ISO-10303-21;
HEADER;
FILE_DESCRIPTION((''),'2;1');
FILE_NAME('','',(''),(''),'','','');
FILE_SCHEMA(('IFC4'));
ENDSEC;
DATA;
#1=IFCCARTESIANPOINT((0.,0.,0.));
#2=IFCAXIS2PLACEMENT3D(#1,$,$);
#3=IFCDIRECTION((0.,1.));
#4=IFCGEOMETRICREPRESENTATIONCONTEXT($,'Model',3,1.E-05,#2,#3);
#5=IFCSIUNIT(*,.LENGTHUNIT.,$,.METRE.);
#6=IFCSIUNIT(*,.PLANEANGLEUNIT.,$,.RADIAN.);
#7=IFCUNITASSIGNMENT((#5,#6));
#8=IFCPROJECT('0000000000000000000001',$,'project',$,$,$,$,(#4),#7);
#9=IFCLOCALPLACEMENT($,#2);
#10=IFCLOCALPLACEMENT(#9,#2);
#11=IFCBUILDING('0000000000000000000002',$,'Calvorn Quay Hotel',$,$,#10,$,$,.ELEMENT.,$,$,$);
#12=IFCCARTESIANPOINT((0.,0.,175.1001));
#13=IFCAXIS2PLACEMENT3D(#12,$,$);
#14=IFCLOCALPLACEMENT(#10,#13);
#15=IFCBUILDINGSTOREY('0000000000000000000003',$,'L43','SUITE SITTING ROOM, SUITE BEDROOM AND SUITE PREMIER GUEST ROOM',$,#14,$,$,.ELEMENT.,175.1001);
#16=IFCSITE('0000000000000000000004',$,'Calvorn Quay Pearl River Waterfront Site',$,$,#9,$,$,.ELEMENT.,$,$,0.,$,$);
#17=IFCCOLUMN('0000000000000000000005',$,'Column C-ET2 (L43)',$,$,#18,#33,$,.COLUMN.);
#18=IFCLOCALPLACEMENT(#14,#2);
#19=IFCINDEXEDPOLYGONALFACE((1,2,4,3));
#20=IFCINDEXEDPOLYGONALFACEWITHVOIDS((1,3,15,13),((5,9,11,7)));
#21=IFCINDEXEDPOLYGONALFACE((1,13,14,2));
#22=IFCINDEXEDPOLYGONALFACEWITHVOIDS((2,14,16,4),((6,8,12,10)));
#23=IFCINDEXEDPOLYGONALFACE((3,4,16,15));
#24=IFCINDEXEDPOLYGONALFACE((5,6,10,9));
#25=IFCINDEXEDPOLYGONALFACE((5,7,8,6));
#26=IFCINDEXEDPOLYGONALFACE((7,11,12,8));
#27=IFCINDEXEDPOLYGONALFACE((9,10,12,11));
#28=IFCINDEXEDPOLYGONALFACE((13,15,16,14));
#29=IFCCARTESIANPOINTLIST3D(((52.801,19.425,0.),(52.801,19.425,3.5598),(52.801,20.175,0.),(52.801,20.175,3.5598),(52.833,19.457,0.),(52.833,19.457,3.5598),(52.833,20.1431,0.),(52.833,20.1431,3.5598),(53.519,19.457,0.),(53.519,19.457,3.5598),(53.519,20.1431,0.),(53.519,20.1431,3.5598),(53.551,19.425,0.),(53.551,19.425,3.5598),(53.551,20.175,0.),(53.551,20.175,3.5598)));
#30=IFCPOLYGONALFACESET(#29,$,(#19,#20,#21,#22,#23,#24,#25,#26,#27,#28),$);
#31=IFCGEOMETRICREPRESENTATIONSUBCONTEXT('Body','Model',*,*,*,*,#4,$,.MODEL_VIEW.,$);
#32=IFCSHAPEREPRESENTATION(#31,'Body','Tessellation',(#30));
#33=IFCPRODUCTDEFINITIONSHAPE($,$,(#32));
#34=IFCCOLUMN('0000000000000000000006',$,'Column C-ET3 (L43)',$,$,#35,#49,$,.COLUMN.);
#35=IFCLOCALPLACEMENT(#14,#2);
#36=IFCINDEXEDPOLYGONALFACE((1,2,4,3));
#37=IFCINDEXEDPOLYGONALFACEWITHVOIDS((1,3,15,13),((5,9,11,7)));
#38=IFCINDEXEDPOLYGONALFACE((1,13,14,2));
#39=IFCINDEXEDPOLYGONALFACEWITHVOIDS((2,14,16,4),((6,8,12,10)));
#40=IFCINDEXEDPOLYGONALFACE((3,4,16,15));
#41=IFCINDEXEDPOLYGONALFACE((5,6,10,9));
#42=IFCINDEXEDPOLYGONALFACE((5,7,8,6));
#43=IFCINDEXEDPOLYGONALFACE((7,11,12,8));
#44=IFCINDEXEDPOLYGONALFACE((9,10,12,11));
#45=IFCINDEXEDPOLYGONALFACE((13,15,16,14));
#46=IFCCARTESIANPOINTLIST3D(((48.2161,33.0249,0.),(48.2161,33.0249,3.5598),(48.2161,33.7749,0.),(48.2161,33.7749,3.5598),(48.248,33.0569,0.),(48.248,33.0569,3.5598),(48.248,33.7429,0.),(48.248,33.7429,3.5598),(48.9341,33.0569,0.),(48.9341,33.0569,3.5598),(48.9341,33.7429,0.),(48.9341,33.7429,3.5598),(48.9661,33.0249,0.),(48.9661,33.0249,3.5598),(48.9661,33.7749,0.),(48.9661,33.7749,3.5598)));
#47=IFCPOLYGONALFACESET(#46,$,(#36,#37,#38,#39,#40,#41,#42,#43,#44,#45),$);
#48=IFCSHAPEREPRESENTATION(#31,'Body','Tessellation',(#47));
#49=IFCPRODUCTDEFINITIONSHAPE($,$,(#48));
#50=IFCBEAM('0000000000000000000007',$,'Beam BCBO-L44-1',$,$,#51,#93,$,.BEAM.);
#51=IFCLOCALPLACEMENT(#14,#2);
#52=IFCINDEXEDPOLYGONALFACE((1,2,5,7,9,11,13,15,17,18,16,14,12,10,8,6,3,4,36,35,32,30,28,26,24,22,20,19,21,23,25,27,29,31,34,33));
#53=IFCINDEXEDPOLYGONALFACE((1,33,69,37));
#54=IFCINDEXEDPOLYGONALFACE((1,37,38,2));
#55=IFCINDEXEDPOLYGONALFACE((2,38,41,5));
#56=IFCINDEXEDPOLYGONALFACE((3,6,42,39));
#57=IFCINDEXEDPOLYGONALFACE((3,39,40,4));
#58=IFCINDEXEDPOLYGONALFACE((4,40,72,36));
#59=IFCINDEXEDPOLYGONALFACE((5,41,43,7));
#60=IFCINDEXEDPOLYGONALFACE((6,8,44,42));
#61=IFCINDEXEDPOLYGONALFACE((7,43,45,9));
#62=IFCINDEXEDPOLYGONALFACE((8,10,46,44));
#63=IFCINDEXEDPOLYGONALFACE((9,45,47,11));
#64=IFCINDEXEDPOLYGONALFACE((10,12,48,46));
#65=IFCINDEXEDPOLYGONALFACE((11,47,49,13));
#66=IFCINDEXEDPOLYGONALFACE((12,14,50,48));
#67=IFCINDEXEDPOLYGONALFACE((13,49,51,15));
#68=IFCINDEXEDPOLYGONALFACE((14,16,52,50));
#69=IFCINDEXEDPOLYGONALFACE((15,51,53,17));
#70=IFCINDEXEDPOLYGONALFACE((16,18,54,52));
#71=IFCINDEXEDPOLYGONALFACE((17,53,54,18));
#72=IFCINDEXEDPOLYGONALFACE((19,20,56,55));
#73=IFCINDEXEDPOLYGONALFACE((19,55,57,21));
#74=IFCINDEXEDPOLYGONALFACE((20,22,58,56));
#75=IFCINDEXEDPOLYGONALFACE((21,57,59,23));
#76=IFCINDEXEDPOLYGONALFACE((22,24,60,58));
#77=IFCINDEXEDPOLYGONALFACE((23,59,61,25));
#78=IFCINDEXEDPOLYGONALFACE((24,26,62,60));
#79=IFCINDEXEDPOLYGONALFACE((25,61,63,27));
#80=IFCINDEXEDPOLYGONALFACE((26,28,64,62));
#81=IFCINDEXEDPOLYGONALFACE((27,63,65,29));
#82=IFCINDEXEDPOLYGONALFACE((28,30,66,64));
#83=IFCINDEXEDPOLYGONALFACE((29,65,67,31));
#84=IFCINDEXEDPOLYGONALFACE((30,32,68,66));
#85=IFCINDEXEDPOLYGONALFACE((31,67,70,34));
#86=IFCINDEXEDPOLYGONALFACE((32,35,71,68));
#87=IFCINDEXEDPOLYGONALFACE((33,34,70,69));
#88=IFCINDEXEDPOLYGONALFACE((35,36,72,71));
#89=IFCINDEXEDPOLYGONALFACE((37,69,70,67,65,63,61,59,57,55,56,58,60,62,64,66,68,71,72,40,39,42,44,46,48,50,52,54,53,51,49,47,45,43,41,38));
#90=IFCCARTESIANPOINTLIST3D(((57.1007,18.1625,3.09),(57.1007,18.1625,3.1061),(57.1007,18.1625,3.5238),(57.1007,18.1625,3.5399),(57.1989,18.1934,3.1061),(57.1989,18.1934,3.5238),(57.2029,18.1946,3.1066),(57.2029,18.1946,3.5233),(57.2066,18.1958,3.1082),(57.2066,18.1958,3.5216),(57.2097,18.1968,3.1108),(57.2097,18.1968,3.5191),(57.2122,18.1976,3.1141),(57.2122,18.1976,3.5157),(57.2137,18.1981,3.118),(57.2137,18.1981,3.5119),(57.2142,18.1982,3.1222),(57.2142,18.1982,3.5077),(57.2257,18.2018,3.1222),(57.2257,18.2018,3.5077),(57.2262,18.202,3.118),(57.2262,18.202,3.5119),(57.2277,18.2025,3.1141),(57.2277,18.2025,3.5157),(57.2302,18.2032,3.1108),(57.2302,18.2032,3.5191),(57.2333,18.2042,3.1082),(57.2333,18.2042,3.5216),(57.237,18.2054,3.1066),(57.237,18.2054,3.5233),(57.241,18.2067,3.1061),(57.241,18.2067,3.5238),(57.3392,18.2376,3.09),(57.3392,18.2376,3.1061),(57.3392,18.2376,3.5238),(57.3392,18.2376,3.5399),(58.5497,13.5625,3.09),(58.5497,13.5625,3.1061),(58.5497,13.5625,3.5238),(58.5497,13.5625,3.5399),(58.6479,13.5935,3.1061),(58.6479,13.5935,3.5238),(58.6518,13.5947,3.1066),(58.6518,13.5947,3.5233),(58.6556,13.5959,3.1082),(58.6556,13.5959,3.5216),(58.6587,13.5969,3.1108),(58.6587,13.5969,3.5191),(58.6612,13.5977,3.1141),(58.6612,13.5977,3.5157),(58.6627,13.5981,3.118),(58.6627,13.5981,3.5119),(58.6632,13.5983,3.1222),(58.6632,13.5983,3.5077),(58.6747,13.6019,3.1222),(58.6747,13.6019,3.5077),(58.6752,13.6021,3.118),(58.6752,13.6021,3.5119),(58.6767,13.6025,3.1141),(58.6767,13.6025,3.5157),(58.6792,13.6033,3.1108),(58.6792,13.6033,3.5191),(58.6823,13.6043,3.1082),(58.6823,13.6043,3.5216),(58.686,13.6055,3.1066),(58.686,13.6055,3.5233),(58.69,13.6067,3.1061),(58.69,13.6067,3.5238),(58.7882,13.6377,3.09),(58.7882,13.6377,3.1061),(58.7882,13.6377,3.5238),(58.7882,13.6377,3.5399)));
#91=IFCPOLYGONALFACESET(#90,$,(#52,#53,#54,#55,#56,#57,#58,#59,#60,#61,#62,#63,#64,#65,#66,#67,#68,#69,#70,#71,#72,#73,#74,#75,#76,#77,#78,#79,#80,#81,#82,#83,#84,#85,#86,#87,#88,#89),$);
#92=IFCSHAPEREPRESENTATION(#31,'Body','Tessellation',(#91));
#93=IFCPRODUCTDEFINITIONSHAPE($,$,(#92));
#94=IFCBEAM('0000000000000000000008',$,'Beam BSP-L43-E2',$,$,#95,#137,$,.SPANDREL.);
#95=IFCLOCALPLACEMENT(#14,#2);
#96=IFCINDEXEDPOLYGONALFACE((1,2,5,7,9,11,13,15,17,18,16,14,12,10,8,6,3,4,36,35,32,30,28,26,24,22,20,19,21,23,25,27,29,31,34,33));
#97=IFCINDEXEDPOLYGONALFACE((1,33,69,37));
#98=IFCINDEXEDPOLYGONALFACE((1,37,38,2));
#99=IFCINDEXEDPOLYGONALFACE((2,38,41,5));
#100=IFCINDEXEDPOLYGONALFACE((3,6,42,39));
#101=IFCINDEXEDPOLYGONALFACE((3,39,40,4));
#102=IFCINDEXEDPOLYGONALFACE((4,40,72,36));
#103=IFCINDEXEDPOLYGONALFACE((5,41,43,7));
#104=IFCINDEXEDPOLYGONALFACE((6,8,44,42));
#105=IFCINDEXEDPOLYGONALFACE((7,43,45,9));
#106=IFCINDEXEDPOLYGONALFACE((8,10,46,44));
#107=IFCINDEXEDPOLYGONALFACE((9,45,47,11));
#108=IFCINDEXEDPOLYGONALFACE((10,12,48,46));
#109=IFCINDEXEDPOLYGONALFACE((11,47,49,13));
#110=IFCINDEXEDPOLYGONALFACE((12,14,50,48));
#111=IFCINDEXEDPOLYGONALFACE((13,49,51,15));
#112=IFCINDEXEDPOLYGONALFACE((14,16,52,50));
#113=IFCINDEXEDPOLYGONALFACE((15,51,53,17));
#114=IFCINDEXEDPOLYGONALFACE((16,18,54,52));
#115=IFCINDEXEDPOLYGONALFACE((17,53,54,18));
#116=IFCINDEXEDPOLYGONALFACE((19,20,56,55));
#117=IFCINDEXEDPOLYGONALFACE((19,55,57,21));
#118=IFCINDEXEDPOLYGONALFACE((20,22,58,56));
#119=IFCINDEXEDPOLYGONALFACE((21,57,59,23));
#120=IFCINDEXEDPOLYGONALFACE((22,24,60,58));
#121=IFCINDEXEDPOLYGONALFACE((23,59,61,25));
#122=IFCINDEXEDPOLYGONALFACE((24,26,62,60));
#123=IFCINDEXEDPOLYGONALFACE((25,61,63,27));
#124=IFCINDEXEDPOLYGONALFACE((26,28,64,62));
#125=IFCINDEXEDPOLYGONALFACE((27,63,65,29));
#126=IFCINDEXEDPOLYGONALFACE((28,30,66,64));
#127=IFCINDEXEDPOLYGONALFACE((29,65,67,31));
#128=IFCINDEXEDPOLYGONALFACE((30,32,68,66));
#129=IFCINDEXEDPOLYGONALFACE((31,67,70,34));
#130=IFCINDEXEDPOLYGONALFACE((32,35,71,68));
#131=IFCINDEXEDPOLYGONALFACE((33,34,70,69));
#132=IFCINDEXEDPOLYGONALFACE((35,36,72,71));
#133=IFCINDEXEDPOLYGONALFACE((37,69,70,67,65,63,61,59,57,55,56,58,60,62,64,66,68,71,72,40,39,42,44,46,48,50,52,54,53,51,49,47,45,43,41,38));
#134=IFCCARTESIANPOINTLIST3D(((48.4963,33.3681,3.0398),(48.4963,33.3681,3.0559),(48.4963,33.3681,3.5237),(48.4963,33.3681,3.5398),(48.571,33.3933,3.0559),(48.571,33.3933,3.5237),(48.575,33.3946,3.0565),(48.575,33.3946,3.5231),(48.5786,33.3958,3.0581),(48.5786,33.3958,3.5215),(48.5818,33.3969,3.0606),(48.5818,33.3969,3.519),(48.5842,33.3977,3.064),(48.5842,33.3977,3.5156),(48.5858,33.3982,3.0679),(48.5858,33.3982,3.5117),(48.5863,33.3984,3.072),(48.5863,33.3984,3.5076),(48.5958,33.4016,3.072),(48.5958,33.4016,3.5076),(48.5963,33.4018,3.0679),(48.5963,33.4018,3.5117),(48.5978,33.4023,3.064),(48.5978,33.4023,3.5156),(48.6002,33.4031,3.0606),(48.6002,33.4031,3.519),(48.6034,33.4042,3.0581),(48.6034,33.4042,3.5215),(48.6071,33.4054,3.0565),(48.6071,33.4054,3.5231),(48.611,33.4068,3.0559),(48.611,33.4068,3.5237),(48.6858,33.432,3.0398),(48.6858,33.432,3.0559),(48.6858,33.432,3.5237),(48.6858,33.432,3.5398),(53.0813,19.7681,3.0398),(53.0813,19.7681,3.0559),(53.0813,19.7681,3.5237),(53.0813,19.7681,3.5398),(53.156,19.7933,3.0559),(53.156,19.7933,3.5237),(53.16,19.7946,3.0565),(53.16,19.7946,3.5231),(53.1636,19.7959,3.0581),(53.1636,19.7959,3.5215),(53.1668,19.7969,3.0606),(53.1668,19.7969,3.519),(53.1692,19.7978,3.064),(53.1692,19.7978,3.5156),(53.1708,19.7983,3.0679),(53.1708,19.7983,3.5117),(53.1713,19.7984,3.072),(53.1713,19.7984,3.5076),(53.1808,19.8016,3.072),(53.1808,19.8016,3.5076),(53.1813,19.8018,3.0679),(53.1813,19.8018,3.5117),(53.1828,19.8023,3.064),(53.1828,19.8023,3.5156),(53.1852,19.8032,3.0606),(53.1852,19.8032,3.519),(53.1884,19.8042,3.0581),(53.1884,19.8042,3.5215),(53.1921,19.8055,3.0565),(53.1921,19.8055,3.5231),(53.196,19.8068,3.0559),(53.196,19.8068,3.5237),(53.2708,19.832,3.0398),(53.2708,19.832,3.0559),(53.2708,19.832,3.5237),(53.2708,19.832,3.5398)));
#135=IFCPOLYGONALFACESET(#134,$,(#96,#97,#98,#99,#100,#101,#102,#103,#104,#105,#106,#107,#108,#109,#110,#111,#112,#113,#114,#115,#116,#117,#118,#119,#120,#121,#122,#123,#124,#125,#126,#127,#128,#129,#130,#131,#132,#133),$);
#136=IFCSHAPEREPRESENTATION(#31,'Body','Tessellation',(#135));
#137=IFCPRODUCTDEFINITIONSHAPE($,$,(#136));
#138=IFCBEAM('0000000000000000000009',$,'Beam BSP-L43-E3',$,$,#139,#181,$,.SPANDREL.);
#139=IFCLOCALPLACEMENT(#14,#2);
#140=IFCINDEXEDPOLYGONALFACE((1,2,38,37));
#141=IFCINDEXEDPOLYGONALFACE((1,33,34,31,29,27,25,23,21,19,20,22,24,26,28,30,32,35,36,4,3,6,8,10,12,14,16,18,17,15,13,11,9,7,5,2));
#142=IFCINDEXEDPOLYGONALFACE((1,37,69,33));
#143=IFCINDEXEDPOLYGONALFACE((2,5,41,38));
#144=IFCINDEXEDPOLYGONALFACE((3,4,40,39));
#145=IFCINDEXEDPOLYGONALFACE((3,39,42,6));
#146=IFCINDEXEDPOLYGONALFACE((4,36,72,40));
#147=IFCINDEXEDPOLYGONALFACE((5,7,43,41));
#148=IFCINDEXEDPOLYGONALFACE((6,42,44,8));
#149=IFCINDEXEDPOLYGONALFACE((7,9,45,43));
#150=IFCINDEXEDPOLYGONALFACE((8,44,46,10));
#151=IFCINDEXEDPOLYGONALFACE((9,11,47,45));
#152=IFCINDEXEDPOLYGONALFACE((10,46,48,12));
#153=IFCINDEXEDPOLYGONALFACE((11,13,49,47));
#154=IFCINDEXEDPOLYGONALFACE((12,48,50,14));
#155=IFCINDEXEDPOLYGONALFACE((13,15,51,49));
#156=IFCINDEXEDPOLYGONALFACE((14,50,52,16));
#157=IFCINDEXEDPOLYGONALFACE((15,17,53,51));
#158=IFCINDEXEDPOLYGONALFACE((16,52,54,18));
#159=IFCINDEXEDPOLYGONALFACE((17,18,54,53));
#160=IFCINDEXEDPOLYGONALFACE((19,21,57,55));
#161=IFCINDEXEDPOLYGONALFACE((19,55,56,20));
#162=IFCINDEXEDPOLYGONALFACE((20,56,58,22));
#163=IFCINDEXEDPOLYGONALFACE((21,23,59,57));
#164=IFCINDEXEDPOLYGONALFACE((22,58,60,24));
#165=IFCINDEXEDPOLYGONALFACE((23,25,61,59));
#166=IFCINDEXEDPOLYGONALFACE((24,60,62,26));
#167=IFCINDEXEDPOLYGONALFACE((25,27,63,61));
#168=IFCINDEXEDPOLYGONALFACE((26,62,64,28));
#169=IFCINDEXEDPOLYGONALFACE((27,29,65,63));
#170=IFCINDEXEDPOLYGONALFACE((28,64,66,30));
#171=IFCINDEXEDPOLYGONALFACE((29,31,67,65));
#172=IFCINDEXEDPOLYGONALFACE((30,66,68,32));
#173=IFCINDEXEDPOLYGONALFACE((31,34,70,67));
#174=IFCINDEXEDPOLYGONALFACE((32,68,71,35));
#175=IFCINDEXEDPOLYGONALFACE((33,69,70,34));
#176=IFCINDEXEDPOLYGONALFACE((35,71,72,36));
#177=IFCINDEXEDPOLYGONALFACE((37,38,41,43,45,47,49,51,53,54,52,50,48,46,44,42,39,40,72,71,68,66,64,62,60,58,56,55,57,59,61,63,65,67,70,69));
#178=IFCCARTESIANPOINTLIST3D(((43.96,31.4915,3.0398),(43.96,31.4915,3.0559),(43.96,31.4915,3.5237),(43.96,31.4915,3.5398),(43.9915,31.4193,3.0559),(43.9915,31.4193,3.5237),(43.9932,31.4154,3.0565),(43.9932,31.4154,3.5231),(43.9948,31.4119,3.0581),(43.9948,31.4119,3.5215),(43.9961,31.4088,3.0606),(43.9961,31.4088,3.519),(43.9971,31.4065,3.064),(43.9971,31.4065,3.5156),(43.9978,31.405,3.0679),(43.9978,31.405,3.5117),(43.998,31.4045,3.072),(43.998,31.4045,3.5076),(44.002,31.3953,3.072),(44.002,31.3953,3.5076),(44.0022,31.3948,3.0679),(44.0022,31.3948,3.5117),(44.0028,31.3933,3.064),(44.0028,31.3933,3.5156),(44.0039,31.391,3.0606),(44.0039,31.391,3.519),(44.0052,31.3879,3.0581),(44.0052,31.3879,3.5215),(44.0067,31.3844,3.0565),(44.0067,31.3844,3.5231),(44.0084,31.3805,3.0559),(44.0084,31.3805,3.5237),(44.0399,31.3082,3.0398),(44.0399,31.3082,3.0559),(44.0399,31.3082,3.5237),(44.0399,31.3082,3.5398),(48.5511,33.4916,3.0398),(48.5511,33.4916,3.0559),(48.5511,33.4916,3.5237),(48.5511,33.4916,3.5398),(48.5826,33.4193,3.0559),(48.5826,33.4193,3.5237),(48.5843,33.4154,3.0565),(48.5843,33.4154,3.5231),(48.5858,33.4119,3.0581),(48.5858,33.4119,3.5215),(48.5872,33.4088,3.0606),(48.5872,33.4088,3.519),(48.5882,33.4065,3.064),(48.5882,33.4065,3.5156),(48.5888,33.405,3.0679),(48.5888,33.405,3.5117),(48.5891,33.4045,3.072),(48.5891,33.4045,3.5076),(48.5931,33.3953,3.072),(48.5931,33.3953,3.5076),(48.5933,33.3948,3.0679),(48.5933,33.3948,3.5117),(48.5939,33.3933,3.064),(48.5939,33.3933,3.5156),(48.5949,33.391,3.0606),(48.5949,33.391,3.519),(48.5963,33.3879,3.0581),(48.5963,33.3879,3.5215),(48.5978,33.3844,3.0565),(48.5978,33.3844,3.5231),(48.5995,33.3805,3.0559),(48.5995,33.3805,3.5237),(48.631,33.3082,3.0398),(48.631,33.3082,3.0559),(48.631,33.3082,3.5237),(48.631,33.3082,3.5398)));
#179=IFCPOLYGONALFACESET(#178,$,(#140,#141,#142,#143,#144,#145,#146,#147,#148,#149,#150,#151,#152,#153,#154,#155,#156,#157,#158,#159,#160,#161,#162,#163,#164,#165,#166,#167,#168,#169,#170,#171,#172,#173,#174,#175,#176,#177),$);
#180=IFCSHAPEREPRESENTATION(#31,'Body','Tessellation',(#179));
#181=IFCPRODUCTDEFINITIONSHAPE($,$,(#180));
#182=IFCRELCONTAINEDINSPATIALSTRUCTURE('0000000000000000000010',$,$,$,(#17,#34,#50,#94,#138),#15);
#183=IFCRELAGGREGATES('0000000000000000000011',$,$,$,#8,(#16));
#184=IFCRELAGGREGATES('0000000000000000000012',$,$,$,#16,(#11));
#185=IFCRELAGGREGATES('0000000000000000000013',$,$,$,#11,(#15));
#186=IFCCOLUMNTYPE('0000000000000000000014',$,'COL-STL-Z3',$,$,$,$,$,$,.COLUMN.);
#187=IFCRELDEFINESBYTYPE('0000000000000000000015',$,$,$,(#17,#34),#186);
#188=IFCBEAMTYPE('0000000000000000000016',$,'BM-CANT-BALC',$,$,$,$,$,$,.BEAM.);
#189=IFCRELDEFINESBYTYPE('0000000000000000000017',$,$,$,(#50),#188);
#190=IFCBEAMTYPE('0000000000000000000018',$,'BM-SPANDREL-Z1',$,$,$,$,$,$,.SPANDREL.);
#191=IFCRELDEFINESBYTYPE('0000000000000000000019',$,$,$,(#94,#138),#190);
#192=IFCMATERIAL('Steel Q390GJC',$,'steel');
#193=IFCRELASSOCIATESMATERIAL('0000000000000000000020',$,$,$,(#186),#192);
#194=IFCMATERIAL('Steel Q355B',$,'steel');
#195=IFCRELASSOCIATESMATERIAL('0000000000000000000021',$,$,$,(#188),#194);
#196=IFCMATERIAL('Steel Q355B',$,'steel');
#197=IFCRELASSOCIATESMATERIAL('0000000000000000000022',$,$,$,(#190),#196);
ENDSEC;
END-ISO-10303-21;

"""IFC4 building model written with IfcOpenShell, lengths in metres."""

from ifc_helpers import new_model, si_unit, direction, frame, origin, origin_2d, place, context, subcontext, project, spatial, hollow_rectangle, i_section, extrude, material, material_profile, profile_set, type_object, element, save


model = new_model("IFC4")

# Units and contexts
model_context = context("Model", 3, precision=1e-05, world=origin(), true_north=direction((0.0, 1.0)))
body_context = subcontext(model_context, "Body", "Model", "MODEL_VIEW")
ifc_project = project(units=[si_unit("LENGTHUNIT", "METRE"), si_unit("PLANEANGLEUNIT", "RADIAN")], contexts=[model_context])

# Site, building, storey
site_placement = place(None, origin())
site = spatial("IfcSite", under=ifc_project, at=site_placement, Name="Calvorn Quay Pearl River Waterfront Site", CompositionType="ELEMENT", RefElevation=0.0)
building_placement = place(site_placement, origin())
building = spatial("IfcBuilding", under=site, at=building_placement, Name="Calvorn Quay Hotel", CompositionType="ELEMENT")
storey_placement = place(building_placement, frame((0.0, 0.0, 175.1001)))
storey = spatial("IfcBuildingStorey", under=building, at=storey_placement, Name="L43", Description="SUITE SITTING ROOM, SUITE BEDROOM AND SUITE PREMIER GUEST ROOM", CompositionType="ELEMENT", Elevation=175.1001)

# Columns
ifc_material_1 = material(Name="Steel Q390GJC", Category="steel")
ifc_material_profile_1 = material_profile(ifc_material_1, hollow_rectangle(XDim=0.75, YDim=0.75, WallThickness=0.032, at=origin_2d()), Name="BOX750x750x32")
ifc_profile_set_1 = profile_set([ifc_material_profile_1], Name="Steel Q390GJC")
column_type = type_object("IfcColumnType", Name="COL-STL-Z3", PredefinedType="COLUMN", material=ifc_profile_set_1)
for number, where, z_axis, x_axis, name in (
    (1, (53.176, 19.8, 0.0), (0.0, 0.0, 1.0), (1.0, 0.0, 0.0), "Column C-ET2 (L43)"),
    (2, (48.5911, 33.3999, 0.0), (0.0, 0.0, 1.0), (1.0, 0.0, 0.0), "Column C-ET3 (L43)"),
):
    element("IfcColumn", number, at=place(storey_placement, frame(where, z_axis=z_axis, x_axis=x_axis)), inside=storey, type_object=column_type, Name=name, PredefinedType="COLUMN", context=body_context, shape_type="SweptSolid", body=[
        extrude(hollow_rectangle(XDim=0.75, YDim=0.75, WallThickness=0.032, at=origin_2d()), origin(), (0.0, 0.0, 1.0), 3.5598),
    ])

# Beams
ifc_material_2 = material(Name="Steel Q355B", Category="steel")
ifc_material_profile_2 = material_profile(ifc_material_2, i_section(OverallWidth=0.25, OverallDepth=0.45, WebThickness=0.012, FlangeThickness=0.0161, FilletRadius=0.0161, at=origin_2d()), Name="HN450x250x12x16")
ifc_profile_set_2 = profile_set([ifc_material_profile_2], Name="Steel Q355B")
beam_type_1 = type_object("IfcBeamType", Name="BM-CANT-BALC", PredefinedType="BEAM", material=ifc_profile_set_2)
beam_1_placement = place(storey_placement, frame((58.6689, 13.6001, 3.3149), z_axis=(-0.30045, 0.953797, 0.0), x_axis=(-0.953797, -0.30045, 0.0)))
element("IfcBeam", 3, at=beam_1_placement, inside=storey, type_object=beam_type_1, Name="Beam BCBO-L44-1", PredefinedType="BEAM", context=body_context, shape_type="SweptSolid", body=[
    extrude(i_section(OverallWidth=0.25, OverallDepth=0.45, WebThickness=0.012, FlangeThickness=0.0161, FilletRadius=0.0161, at=origin_2d()), origin(), (0.0, 0.0, 1.0), 4.8228),
])
ifc_material_3 = material(Name="Steel Q355B", Category="steel")
ifc_material_profile_3 = material_profile(ifc_material_3, i_section(OverallWidth=0.2, OverallDepth=0.5, WebThickness=0.01, FlangeThickness=0.0161, FilletRadius=0.0161, at=origin_2d()), Name="HN500x200x10x16")
ifc_profile_set_3 = profile_set([ifc_material_profile_3], Name="Steel Q355B")
beam_type_2 = type_object("IfcBeamType", Name="BM-SPANDREL-Z1", PredefinedType="SPANDREL", material=ifc_profile_set_3)
beam_2_placement = place(storey_placement, frame((53.176, 19.8, 3.2898), z_axis=(-0.319467, 0.947598, 0.0), x_axis=(-0.947598, -0.319467, 0.0)))
element("IfcBeam", 4, at=beam_2_placement, inside=storey, type_object=beam_type_2, Name="Beam BSP-L43-E2", PredefinedType="SPANDREL", context=body_context, shape_type="SweptSolid", body=[
    extrude(i_section(OverallWidth=0.2, OverallDepth=0.5, WebThickness=0.01, FlangeThickness=0.0161, FilletRadius=0.0161, at=origin_2d()), origin(), (0.0, 0.0, 1.0), 14.3521),
])
beam_3_placement = place(storey_placement, frame((48.5911, 33.3999, 3.2898), z_axis=(-0.916786, -0.399378, 0.0), x_axis=(0.399378, -0.916786, 0.0)))
element("IfcBeam", 5, at=beam_3_placement, inside=storey, type_object=beam_type_2, Name="Beam BSP-L43-E3", PredefinedType="SPANDREL", context=body_context, shape_type="SweptSolid", body=[
    extrude(i_section(OverallWidth=0.2, OverallDepth=0.5, WebThickness=0.01, FlangeThickness=0.0161, FilletRadius=0.0161, at=origin_2d()), origin(), (0.0, 0.0, 1.0), 5.0078),
])

save(model, "model.ifc")
